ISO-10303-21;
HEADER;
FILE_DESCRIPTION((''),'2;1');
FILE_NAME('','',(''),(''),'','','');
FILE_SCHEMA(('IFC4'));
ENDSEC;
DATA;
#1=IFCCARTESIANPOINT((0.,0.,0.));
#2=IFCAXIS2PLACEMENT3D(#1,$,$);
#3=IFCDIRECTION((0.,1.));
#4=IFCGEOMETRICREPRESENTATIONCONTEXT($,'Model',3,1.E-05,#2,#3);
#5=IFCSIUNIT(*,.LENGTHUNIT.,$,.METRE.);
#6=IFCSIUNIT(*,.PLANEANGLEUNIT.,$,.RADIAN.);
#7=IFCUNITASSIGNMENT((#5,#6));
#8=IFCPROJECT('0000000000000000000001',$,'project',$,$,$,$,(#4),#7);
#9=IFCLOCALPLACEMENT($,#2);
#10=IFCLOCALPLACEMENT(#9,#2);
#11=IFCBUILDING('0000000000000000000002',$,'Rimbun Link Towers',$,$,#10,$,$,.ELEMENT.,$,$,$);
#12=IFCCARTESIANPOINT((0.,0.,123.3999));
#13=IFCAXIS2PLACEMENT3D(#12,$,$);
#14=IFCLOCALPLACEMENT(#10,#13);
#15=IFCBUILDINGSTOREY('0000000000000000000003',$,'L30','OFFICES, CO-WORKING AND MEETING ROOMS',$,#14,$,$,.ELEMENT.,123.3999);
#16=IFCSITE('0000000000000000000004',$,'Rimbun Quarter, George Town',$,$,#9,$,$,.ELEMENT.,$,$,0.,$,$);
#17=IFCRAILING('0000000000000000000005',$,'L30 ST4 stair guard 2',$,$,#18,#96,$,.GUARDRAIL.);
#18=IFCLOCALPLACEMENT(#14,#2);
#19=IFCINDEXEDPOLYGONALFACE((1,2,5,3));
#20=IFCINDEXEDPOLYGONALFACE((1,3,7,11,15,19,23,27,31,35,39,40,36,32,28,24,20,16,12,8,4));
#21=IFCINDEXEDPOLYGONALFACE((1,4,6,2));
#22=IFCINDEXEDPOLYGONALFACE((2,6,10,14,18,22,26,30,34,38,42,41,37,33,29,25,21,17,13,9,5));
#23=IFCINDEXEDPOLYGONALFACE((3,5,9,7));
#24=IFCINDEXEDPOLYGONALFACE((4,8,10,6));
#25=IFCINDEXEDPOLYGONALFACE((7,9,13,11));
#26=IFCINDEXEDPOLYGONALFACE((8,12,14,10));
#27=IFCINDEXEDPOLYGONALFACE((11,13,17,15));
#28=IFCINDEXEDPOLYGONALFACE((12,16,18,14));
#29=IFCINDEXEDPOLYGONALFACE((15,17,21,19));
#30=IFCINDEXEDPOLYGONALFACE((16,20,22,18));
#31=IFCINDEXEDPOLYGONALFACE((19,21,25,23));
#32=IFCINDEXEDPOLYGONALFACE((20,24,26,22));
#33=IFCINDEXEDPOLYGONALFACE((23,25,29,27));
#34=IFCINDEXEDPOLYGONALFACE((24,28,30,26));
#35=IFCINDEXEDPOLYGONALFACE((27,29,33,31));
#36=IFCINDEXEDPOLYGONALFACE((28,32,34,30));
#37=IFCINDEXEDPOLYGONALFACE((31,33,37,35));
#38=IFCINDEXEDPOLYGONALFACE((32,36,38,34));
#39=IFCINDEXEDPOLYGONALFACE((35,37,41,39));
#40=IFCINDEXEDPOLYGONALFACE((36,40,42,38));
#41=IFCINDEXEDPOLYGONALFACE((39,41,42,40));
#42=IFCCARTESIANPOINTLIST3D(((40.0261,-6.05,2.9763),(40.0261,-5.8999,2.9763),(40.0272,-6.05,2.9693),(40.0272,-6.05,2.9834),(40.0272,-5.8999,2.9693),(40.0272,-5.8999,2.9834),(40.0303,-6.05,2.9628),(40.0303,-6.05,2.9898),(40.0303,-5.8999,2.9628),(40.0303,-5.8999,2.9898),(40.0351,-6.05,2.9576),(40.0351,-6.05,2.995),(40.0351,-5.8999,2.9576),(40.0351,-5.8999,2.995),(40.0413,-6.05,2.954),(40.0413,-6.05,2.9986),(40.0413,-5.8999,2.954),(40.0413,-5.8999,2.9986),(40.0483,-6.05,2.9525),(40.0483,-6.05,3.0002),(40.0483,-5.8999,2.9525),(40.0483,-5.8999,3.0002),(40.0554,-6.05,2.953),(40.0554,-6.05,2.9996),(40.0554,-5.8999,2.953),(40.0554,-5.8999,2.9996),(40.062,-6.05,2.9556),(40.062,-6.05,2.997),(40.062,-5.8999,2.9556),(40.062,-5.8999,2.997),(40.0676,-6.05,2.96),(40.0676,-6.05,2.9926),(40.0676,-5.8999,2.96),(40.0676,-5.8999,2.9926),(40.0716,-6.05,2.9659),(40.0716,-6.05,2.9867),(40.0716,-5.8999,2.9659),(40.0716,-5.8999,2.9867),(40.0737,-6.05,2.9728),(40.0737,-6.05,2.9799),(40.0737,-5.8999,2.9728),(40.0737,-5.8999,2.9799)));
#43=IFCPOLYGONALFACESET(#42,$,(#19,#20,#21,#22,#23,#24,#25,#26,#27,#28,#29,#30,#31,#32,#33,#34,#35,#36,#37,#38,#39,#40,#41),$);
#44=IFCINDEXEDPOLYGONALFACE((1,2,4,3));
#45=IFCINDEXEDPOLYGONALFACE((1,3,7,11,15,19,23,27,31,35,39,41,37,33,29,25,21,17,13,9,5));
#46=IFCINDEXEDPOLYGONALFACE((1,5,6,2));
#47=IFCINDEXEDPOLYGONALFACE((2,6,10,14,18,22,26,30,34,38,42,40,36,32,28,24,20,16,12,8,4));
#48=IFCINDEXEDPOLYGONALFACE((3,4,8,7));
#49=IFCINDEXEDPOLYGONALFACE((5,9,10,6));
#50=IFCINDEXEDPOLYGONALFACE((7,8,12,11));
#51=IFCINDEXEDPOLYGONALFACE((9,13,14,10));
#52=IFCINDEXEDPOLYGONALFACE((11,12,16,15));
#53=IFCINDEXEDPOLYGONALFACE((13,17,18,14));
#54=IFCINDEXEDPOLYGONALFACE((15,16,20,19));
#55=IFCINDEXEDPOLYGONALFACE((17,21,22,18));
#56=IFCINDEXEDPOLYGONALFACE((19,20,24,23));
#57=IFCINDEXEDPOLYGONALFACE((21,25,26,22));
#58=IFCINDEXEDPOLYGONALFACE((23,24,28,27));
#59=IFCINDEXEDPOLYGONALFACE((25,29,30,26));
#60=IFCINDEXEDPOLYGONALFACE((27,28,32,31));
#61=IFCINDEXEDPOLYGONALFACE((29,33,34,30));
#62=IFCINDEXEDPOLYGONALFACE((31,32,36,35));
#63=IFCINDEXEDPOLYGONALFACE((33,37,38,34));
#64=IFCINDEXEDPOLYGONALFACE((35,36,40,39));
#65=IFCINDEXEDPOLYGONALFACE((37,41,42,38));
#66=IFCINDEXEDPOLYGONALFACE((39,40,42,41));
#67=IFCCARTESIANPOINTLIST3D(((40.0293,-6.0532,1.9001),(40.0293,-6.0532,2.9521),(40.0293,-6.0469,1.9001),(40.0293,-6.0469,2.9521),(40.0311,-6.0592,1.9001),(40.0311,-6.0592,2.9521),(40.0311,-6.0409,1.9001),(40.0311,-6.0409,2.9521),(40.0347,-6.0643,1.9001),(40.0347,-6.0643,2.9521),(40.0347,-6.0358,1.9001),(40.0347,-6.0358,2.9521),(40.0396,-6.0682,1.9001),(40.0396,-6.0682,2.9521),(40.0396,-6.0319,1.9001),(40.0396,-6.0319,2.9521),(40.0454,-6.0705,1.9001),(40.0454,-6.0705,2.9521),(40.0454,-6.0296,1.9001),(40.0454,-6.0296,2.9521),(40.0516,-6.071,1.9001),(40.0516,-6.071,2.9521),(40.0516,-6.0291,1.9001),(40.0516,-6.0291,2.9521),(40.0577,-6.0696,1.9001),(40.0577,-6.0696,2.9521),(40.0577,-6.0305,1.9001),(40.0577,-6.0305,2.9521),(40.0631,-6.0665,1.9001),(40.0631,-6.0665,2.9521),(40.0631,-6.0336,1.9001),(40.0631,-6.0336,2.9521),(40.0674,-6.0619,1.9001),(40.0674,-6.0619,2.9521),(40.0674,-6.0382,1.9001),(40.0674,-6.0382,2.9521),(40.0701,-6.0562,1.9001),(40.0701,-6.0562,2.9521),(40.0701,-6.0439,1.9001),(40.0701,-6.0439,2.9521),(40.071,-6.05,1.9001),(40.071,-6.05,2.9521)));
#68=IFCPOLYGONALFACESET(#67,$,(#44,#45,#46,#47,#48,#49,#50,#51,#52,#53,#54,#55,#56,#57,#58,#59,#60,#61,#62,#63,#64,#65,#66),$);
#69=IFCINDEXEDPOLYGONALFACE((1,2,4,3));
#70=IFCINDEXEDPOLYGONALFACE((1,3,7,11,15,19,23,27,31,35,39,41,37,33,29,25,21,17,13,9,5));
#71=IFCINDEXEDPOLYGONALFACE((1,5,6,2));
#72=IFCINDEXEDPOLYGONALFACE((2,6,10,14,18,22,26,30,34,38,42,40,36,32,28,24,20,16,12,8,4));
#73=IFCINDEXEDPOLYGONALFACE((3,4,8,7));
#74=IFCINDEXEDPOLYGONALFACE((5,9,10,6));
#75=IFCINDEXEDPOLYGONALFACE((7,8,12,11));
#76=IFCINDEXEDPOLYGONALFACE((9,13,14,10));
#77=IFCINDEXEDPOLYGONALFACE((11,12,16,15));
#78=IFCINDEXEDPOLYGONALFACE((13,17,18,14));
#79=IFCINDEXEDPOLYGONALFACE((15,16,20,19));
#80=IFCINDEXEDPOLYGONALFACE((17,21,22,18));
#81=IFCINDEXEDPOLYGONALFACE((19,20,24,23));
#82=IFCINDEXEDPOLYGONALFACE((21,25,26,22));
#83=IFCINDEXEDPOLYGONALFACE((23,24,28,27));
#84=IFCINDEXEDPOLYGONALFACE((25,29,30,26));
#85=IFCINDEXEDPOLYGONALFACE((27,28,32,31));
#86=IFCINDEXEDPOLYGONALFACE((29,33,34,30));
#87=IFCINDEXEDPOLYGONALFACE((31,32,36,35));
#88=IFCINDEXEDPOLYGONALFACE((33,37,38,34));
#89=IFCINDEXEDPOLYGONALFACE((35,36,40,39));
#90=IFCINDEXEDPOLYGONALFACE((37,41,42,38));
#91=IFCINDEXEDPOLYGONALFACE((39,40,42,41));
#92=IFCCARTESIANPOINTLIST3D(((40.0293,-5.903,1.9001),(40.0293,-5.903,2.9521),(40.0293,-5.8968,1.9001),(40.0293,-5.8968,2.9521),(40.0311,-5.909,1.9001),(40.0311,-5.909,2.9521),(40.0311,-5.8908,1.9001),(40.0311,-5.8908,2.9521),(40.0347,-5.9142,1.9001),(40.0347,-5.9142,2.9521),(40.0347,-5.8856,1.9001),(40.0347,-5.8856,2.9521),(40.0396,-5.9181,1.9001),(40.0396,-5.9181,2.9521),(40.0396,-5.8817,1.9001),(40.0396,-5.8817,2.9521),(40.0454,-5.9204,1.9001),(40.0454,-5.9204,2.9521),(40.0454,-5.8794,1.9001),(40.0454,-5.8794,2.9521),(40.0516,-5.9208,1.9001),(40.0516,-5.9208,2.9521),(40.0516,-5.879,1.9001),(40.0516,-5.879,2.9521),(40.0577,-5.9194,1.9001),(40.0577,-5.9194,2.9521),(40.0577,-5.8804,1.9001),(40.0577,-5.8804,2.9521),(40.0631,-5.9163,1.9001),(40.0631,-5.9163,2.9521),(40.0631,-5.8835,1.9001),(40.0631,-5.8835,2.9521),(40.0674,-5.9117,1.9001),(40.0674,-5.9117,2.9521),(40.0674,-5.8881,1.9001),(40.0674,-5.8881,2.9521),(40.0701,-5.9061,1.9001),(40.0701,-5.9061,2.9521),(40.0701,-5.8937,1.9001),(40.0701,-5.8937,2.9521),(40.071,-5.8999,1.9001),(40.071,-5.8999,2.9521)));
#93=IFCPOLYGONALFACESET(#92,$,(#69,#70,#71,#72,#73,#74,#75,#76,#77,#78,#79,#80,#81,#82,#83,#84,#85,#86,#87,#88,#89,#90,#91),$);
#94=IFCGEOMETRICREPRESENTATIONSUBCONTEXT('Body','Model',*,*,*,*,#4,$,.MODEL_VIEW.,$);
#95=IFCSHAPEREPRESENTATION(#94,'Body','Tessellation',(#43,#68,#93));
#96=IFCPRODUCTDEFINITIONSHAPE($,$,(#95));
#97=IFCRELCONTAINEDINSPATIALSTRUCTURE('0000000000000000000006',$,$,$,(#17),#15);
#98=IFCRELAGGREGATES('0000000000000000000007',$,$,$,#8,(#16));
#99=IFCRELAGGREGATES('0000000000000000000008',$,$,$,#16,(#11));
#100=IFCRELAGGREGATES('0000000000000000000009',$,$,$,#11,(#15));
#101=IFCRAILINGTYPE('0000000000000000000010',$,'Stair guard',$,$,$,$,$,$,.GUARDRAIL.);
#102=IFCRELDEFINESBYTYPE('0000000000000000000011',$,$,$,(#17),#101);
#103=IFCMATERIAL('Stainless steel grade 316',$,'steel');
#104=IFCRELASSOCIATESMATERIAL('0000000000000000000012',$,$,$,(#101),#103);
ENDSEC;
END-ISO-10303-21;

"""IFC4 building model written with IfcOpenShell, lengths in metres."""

from ifc_helpers import new_model, si_unit, direction, frame, origin, origin_2d, place, context, subcontext, project, spatial, circle, extrude, material, type_object, element, save


model = new_model("IFC4")

# Units and contexts
model_context = context("Model", 3, precision=1e-05, world=origin(), true_north=direction((0.0, 1.0)))
body_context = subcontext(model_context, "Body", "Model", "MODEL_VIEW")
ifc_project = project(units=[si_unit("LENGTHUNIT", "METRE"), si_unit("PLANEANGLEUNIT", "RADIAN")], contexts=[model_context])

# Site, building, storey
site_placement = place(None, origin())
site = spatial("IfcSite", under=ifc_project, at=site_placement, Name="Rimbun Quarter, George Town", CompositionType="ELEMENT", RefElevation=0.0)
building_placement = place(site_placement, origin())
building = spatial("IfcBuilding", under=site, at=building_placement, Name="Rimbun Link Towers", CompositionType="ELEMENT")
storey_placement = place(building_placement, frame((0.0, 0.0, 123.3999)))
storey = spatial("IfcBuildingStorey", under=building, at=storey_placement, Name="L30", Description="OFFICES, CO-WORKING AND MEETING ROOMS", CompositionType="ELEMENT", Elevation=123.3999)

# Railing
ifc_material_1 = material(Name="Stainless steel grade 316", Category="steel")
railing_type_1 = type_object("IfcRailingType", Name="Stair guard", PredefinedType="GUARDRAIL", material=ifc_material_1)
railing_1_placement = place(storey_placement, frame((40.05, -6.05, 1.9001)))
element("IfcRailing", 1, at=railing_1_placement, inside=storey, type_object=railing_type_1, Name="L30 ST4 stair guard 2", PredefinedType="GUARDRAIL", context=body_context, shape_type="SweptSolid", body=[
    extrude(circle(Radius=0.0239, at=origin_2d()), frame((0.0, 0.0, 1.0762), z_axis=(0.0, 1.0, 0.0), x_axis=(-1.0, 0.0, 0.0)), (0.0, 0.0, 1.0), 0.1501),
    extrude(circle(Radius=0.021, at=origin_2d()), origin(), (0.0, 0.0, 1.0), 1.052),
    extrude(circle(Radius=0.021, at=origin_2d()), frame((0.0, 0.1501, 0.0)), (0.0, 0.0, 1.0), 1.052),
])

save(model, "model.ifc")
